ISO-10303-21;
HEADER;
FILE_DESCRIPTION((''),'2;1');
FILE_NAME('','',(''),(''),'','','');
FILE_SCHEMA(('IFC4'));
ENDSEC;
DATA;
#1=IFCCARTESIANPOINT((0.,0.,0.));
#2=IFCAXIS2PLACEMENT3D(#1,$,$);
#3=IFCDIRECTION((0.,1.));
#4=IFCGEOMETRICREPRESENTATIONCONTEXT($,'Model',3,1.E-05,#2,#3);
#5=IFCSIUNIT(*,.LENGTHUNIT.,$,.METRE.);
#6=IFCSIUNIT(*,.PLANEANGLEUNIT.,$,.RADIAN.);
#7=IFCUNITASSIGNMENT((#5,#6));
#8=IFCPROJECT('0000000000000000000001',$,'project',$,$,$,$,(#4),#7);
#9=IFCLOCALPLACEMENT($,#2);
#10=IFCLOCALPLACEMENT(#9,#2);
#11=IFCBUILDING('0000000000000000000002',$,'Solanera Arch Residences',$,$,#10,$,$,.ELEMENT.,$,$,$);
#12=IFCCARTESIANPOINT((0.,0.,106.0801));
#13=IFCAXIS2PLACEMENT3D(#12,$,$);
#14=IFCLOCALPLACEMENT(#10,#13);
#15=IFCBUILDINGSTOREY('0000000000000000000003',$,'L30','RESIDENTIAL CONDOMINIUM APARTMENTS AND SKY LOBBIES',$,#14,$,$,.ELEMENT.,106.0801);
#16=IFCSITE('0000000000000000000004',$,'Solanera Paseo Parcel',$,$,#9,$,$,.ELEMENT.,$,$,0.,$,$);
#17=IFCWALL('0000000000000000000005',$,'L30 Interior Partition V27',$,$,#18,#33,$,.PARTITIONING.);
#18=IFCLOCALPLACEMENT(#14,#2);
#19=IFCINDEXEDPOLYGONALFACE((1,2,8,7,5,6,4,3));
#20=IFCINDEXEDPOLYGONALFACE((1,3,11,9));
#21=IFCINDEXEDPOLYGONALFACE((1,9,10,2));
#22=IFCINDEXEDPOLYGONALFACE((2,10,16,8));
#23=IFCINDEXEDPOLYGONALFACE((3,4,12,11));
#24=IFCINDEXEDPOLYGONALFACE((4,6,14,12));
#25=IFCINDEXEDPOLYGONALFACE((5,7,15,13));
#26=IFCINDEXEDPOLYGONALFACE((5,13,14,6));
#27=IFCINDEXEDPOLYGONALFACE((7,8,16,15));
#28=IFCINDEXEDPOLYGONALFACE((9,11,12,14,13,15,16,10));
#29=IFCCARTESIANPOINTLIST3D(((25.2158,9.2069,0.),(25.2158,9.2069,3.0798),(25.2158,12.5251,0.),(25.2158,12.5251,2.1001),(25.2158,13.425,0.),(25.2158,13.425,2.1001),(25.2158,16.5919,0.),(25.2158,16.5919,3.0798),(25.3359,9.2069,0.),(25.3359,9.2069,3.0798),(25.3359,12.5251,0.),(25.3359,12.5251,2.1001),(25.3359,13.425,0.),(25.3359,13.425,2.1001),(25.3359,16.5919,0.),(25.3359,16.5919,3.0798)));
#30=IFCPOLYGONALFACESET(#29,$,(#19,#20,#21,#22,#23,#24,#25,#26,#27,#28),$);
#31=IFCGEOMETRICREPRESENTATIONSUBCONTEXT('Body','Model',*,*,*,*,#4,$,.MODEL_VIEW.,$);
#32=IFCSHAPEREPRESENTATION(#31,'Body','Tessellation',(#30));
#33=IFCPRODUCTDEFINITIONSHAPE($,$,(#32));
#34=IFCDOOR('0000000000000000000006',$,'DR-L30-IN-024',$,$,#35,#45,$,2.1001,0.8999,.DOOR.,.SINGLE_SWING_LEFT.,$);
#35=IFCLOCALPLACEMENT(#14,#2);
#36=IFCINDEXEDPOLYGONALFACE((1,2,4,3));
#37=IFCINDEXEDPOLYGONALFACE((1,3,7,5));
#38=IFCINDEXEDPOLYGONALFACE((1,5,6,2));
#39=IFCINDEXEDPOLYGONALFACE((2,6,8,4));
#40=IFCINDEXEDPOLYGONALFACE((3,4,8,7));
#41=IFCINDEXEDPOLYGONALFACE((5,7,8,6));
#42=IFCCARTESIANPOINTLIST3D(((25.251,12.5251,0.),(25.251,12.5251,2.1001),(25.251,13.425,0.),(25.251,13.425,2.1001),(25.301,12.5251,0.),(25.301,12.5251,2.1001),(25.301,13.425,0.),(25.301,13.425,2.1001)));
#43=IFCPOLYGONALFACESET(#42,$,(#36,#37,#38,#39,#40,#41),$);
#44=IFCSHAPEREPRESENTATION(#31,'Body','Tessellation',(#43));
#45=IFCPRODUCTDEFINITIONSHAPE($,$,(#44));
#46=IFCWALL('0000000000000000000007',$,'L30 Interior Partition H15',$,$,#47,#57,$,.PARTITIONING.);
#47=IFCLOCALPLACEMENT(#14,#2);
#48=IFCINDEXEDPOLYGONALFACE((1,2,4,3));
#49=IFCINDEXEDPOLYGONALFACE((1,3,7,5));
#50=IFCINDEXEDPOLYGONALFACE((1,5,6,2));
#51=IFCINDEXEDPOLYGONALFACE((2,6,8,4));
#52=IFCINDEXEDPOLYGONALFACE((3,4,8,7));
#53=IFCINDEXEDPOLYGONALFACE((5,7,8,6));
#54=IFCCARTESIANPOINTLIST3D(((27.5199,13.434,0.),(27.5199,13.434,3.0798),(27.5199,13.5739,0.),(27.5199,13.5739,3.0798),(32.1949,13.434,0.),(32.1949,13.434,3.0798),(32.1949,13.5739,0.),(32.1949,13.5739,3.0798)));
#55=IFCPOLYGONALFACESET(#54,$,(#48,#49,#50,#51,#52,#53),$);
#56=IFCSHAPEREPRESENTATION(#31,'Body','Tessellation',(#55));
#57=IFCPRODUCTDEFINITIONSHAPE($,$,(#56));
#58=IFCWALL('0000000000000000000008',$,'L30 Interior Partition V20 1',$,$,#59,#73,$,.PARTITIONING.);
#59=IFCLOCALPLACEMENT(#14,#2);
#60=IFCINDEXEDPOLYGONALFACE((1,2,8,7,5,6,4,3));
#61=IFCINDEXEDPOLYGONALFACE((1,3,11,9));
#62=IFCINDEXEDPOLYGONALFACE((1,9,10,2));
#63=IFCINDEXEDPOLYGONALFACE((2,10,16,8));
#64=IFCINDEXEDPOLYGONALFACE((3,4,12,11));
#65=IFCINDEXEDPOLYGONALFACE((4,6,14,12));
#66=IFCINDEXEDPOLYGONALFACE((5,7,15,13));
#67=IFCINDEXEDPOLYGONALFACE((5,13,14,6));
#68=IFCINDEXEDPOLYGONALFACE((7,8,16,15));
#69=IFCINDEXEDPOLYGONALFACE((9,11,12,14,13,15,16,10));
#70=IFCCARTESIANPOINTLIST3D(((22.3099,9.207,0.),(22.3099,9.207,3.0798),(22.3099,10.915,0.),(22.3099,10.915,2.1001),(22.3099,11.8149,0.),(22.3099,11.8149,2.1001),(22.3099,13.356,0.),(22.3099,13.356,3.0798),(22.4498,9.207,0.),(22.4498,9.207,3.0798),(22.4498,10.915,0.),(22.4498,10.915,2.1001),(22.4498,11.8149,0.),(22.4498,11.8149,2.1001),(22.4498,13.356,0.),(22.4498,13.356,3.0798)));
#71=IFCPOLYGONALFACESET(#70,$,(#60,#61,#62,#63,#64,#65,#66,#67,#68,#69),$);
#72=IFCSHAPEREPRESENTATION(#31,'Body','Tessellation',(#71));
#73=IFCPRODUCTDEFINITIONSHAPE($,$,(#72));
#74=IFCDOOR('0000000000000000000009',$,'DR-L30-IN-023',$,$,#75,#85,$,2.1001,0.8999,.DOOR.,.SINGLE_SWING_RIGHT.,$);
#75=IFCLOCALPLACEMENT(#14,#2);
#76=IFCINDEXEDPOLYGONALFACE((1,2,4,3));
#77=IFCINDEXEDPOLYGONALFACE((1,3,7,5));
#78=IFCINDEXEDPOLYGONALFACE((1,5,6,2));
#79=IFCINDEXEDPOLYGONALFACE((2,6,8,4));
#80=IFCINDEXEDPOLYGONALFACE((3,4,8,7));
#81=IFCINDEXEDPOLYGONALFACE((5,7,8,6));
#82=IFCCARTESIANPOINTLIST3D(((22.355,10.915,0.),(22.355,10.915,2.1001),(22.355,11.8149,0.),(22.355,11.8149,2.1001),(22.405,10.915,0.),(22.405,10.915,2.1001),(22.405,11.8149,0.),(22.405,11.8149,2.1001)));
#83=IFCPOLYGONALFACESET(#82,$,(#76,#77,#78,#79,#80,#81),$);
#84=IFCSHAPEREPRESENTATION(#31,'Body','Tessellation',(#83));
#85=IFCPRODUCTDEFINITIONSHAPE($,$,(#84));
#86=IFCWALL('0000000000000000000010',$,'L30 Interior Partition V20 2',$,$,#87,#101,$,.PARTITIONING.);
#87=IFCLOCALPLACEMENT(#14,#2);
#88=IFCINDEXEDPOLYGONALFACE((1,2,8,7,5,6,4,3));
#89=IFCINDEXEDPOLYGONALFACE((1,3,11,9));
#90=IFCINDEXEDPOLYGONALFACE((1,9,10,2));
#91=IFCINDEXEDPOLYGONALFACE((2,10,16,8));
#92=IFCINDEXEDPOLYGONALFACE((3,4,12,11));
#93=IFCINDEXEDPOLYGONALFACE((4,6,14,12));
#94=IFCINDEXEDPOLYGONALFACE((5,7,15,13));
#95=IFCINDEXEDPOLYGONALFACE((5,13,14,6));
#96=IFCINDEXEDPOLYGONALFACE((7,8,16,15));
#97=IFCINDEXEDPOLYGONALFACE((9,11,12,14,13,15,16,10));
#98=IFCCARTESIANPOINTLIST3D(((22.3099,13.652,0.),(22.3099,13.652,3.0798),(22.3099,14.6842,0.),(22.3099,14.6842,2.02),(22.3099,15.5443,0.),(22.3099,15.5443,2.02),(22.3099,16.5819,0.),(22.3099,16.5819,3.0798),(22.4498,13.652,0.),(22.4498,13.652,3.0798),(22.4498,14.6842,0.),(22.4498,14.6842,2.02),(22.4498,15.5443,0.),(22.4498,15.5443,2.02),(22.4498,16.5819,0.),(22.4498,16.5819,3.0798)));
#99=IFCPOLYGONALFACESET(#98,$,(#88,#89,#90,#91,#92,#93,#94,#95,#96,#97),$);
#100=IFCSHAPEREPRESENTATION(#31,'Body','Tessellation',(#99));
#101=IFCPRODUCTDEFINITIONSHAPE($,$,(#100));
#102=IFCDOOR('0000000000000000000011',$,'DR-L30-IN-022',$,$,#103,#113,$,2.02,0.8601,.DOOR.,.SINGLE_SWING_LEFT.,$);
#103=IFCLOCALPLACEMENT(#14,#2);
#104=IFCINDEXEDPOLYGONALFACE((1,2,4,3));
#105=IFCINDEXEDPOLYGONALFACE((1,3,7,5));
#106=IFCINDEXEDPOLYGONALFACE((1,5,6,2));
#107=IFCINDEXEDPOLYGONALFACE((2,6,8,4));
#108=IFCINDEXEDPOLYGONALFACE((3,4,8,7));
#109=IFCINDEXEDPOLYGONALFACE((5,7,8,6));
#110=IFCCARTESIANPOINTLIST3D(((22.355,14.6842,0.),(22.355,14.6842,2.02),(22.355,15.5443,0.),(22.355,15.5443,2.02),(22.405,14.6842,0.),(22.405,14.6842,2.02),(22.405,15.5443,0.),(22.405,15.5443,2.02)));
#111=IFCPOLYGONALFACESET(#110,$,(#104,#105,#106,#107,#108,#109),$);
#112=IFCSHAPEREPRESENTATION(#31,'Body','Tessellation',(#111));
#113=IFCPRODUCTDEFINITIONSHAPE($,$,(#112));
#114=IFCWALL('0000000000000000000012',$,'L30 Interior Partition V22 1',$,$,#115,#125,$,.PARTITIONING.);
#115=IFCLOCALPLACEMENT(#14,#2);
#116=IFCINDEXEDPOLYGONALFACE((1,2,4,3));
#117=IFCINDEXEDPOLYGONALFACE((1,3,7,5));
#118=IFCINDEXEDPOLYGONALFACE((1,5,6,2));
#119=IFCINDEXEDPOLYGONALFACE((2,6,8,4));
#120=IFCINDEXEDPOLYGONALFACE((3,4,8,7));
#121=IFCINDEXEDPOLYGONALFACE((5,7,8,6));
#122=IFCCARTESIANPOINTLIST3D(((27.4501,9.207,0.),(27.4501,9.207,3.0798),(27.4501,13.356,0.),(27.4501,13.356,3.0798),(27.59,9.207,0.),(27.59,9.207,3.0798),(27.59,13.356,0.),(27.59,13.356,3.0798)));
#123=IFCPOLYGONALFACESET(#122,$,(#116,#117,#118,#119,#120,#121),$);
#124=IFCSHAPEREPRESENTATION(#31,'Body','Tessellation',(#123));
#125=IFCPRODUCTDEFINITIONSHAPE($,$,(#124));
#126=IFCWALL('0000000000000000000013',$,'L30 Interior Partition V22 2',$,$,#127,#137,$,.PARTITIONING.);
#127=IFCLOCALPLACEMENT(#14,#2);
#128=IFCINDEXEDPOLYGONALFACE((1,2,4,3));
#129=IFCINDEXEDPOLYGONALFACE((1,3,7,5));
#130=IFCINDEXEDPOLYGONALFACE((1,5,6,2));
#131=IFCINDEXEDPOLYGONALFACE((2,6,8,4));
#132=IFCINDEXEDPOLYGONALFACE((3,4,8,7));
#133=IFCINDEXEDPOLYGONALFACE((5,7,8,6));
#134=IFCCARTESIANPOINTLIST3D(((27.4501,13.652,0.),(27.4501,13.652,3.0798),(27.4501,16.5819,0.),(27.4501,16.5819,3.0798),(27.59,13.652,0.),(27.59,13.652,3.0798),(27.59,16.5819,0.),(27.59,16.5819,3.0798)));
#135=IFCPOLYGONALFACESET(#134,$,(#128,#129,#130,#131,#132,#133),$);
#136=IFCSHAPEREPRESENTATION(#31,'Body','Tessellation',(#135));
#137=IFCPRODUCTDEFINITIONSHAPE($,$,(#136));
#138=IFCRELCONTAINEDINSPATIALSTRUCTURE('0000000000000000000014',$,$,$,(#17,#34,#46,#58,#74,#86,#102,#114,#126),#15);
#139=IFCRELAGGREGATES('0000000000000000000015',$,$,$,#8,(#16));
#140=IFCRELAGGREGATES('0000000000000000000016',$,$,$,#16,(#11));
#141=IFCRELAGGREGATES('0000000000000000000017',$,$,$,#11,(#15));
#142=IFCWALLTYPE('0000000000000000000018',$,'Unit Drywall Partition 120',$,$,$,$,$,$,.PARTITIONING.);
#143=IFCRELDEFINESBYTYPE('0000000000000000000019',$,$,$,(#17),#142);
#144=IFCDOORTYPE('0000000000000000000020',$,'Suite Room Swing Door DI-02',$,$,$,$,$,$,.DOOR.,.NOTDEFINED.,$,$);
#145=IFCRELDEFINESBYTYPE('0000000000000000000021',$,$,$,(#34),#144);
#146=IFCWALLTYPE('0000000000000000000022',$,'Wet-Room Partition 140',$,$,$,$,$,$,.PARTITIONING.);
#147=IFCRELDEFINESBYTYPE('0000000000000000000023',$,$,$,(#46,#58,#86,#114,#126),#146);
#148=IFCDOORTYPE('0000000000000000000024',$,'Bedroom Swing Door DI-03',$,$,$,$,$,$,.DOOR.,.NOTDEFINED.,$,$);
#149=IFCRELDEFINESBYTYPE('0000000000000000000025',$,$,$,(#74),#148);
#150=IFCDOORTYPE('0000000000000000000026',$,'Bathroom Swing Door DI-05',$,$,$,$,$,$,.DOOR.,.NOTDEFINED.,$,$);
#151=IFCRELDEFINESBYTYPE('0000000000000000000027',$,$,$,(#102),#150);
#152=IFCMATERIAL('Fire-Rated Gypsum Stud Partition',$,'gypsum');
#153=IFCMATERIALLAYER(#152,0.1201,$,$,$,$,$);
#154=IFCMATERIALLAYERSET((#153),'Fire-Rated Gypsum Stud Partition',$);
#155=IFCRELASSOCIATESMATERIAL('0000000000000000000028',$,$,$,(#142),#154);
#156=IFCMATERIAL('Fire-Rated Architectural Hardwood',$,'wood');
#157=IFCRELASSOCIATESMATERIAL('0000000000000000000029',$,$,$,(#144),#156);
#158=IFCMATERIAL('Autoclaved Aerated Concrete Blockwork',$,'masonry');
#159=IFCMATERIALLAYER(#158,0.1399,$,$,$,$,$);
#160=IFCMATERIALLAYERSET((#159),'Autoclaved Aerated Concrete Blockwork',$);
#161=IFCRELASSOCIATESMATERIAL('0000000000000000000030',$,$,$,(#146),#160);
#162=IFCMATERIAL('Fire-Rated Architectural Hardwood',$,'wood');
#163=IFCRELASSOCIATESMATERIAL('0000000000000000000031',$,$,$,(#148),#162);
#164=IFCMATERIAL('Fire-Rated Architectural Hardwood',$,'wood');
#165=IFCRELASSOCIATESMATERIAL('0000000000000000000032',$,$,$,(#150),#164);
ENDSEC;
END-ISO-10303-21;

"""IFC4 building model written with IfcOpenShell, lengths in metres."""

from ifc_helpers import new_model, si_unit, direction, frame, frame_2d, origin, place, context, subcontext, project, spatial, rectangle, extrude, material, layer, layer_set, type_object, element, fill, save


model = new_model("IFC4")

# Units and contexts
model_context = context("Model", 3, precision=1e-05, world=origin(), true_north=direction((0.0, 1.0)))
body_context = subcontext(model_context, "Body", "Model", "MODEL_VIEW")
ifc_project = project(units=[si_unit("LENGTHUNIT", "METRE"), si_unit("PLANEANGLEUNIT", "RADIAN")], contexts=[model_context])

# Site, building, storey
site_placement = place(None, origin())
site = spatial("IfcSite", under=ifc_project, at=site_placement, Name="Solanera Paseo Parcel", CompositionType="ELEMENT", RefElevation=0.0)
building_placement = place(site_placement, origin())
building = spatial("IfcBuilding", under=site, at=building_placement, Name="Solanera Arch Residences", CompositionType="ELEMENT")
storey_placement = place(building_placement, frame((0.0, 0.0, 106.0801)))
storey = spatial("IfcBuildingStorey", under=building, at=storey_placement, Name="L30", Description="RESIDENTIAL CONDOMINIUM APARTMENTS AND SKY LOBBIES", CompositionType="ELEMENT", Elevation=106.0801)

# Wall, opening, door
ifc_material_1 = material(Name="Fire-Rated Gypsum Stud Partition", Category="gypsum")
ifc_layer_1 = layer(ifc_material_1, 0.1201)
ifc_layer_set_1 = layer_set([ifc_layer_1], Name="Fire-Rated Gypsum Stud Partition")
wall_type_1 = type_object("IfcWallType", Name="Unit Drywall Partition 120", PredefinedType="PARTITIONING", material=ifc_layer_set_1)
wall_1_placement = place(storey_placement, frame((25.2759, 9.207, 0.0), z_axis=(0.0, 0.0, 1.0), x_axis=(0.0, 1.0, 0.0)))
wall_1 = element("IfcWall", 1, at=wall_1_placement, inside=storey, type_object=wall_type_1, Name="L30 Interior Partition V27", PredefinedType="PARTITIONING", context=body_context, shape_type="SweptSolid", body=[
    extrude(rectangle(XDim=7.385, YDim=0.1201, at=frame_2d((3.6924, 0.0))), origin(), (0.0, 0.0, 1.0), 3.0798),
])
opening_1_placement = place(wall_1_placement, frame((3.3181, 0.0, 0.0)))
opening_1 = element("IfcOpeningElement", 2, at=opening_1_placement, cuts=wall_1, PredefinedType="OPENING", context=body_context, shape_type="SweptSolid", body=[
    extrude(rectangle(XDim=0.8999, YDim=2.1001, at=frame_2d((0.45, 1.05))), frame((0.0, 0.0701, 0.0), z_axis=(0.0, -1.0, 0.0), x_axis=(1.0, 0.0, 0.0)), (0.0, 0.0, 1.0), 0.1401),
])
ifc_material_2 = material(Name="Fire-Rated Architectural Hardwood", Category="wood")
door_type_1 = type_object("IfcDoorType", Name="Suite Room Swing Door DI-02", OperationType="NOTDEFINED", PredefinedType="DOOR", material=ifc_material_2)
door_1_placement = place(opening_1_placement, origin())
door_1 = element("IfcDoor", 3, at=door_1_placement, inside=storey, type_object=door_type_1, Name="DR-L30-IN-024", OperationType="SINGLE_SWING_LEFT", OverallHeight=2.1001, OverallWidth=0.8999, PredefinedType="DOOR", context=body_context, shape_type="SweptSolid", body=[
    extrude(rectangle(XDim=0.8999, YDim=2.1001, at=frame_2d((0.45, 1.05))), frame((0.0, 0.0249, 0.0), z_axis=(0.0, -1.0, 0.0), x_axis=(1.0, 0.0, 0.0)), (0.0, 0.0, 1.0), 0.05),
])
fill(opening_1, door_1)

# Wall
ifc_material_3 = material(Name="Autoclaved Aerated Concrete Blockwork", Category="masonry")
ifc_layer_2 = layer(ifc_material_3, 0.1399)
ifc_layer_set_2 = layer_set([ifc_layer_2], Name="Autoclaved Aerated Concrete Blockwork")
wall_type_2 = type_object("IfcWallType", Name="Wet-Room Partition 140", PredefinedType="PARTITIONING", material=ifc_layer_set_2)
wall_2_placement = place(storey_placement, frame((27.52, 13.5039, 0.0), z_axis=(0.0, 0.0, 1.0), x_axis=(1.0, 0.0, 0.0)))
element("IfcWall", 4, at=wall_2_placement, inside=storey, type_object=wall_type_2, Name="L30 Interior Partition H15", PredefinedType="PARTITIONING", context=body_context, shape_type="SweptSolid", body=[
    extrude(rectangle(XDim=4.675, YDim=0.1399, at=frame_2d((2.3374, 0.0))), origin(), (0.0, 0.0, 1.0), 3.0798),
])

# Walls, openings, doors
wall_3_placement = place(storey_placement, frame((22.3799, 9.207, 0.0), z_axis=(0.0, 0.0, 1.0), x_axis=(0.0, 1.0, 0.0)))
wall_3 = element("IfcWall", 5, at=wall_3_placement, inside=storey, type_object=wall_type_2, Name="L30 Interior Partition V20 1", PredefinedType="PARTITIONING", context=body_context, shape_type="SweptSolid", body=[
    extrude(rectangle(XDim=4.1489, YDim=0.1399, at=frame_2d((2.0745, 0.0))), origin(), (0.0, 0.0, 1.0), 3.0798),
])
opening_2_placement = place(wall_3_placement, frame((1.708, 0.0, 0.0)))
opening_2 = element("IfcOpeningElement", 6, at=opening_2_placement, cuts=wall_3, PredefinedType="OPENING", context=body_context, shape_type="SweptSolid", body=[
    extrude(rectangle(XDim=0.8999, YDim=2.1001, at=frame_2d((0.45, 1.05))), frame((0.0, 0.0798, 0.0), z_axis=(0.0, -1.0, 0.0), x_axis=(1.0, 0.0, 0.0)), (0.0, 0.0, 1.0), 0.1599),
])
ifc_material_4 = material(Name="Fire-Rated Architectural Hardwood", Category="wood")
door_type_2 = type_object("IfcDoorType", Name="Bedroom Swing Door DI-03", OperationType="NOTDEFINED", PredefinedType="DOOR", material=ifc_material_4)
door_2_placement = place(opening_2_placement, origin())
door_2 = element("IfcDoor", 7, at=door_2_placement, inside=storey, type_object=door_type_2, Name="DR-L30-IN-023", OperationType="SINGLE_SWING_RIGHT", OverallHeight=2.1001, OverallWidth=0.8999, PredefinedType="DOOR", context=body_context, shape_type="SweptSolid", body=[
    extrude(rectangle(XDim=0.8999, YDim=2.1001, at=frame_2d((0.45, 1.05))), frame((0.0, 0.0249, 0.0), z_axis=(0.0, -1.0, 0.0), x_axis=(1.0, 0.0, 0.0)), (0.0, 0.0, 1.0), 0.05),
])
fill(opening_2, door_2)
wall_4_placement = place(storey_placement, frame((22.3799, 13.6521, 0.0), z_axis=(0.0, 0.0, 1.0), x_axis=(0.0, 1.0, 0.0)))
wall_4 = element("IfcWall", 8, at=wall_4_placement, inside=storey, type_object=wall_type_2, Name="L30 Interior Partition V20 2", PredefinedType="PARTITIONING", context=body_context, shape_type="SweptSolid", body=[
    extrude(rectangle(XDim=2.9299, YDim=0.1399, at=frame_2d((1.4648, 0.0))), origin(), (0.0, 0.0, 1.0), 3.0798),
])
opening_3_placement = place(wall_4_placement, frame((1.032, 0.0, 0.0)))
opening_3 = element("IfcOpeningElement", 9, at=opening_3_placement, cuts=wall_4, PredefinedType="OPENING", context=body_context, shape_type="SweptSolid", body=[
    extrude(rectangle(XDim=0.8601, YDim=2.02, at=frame_2d((0.4302, 1.01))), frame((0.0, 0.0798, 0.0), z_axis=(0.0, -1.0, 0.0), x_axis=(1.0, 0.0, 0.0)), (0.0, 0.0, 1.0), 0.1599),
])
ifc_material_5 = material(Name="Fire-Rated Architectural Hardwood", Category="wood")
door_type_3 = type_object("IfcDoorType", Name="Bathroom Swing Door DI-05", OperationType="NOTDEFINED", PredefinedType="DOOR", material=ifc_material_5)
door_3_placement = place(opening_3_placement, origin())
door_3 = element("IfcDoor", 10, at=door_3_placement, inside=storey, type_object=door_type_3, Name="DR-L30-IN-022", OperationType="SINGLE_SWING_LEFT", OverallHeight=2.02, OverallWidth=0.8601, PredefinedType="DOOR", context=body_context, shape_type="SweptSolid", body=[
    extrude(rectangle(XDim=0.8601, YDim=2.02, at=frame_2d((0.4302, 1.01))), frame((0.0, 0.0249, 0.0), z_axis=(0.0, -1.0, 0.0), x_axis=(1.0, 0.0, 0.0)), (0.0, 0.0, 1.0), 0.05),
])
fill(opening_3, door_3)

# Walls
wall_5_placement = place(storey_placement, frame((27.52, 9.207, 0.0), z_axis=(0.0, 0.0, 1.0), x_axis=(0.0, 1.0, 0.0)))
element("IfcWall", 11, at=wall_5_placement, inside=storey, type_object=wall_type_2, Name="L30 Interior Partition V22 1", PredefinedType="PARTITIONING", context=body_context, shape_type="SweptSolid", body=[
    extrude(rectangle(XDim=4.1489, YDim=0.1399, at=frame_2d((2.0745, 0.0))), origin(), (0.0, 0.0, 1.0), 3.0798),
])
wall_6_placement = place(storey_placement, frame((27.52, 13.6521, 0.0), z_axis=(0.0, 0.0, 1.0), x_axis=(0.0, 1.0, 0.0)))
element("IfcWall", 12, at=wall_6_placement, inside=storey, type_object=wall_type_2, Name="L30 Interior Partition V22 2", PredefinedType="PARTITIONING", context=body_context, shape_type="SweptSolid", body=[
    extrude(rectangle(XDim=2.9299, YDim=0.1399, at=frame_2d((1.4648, 0.0))), origin(), (0.0, 0.0, 1.0), 3.0798),
])

save(model, "model.ifc")
